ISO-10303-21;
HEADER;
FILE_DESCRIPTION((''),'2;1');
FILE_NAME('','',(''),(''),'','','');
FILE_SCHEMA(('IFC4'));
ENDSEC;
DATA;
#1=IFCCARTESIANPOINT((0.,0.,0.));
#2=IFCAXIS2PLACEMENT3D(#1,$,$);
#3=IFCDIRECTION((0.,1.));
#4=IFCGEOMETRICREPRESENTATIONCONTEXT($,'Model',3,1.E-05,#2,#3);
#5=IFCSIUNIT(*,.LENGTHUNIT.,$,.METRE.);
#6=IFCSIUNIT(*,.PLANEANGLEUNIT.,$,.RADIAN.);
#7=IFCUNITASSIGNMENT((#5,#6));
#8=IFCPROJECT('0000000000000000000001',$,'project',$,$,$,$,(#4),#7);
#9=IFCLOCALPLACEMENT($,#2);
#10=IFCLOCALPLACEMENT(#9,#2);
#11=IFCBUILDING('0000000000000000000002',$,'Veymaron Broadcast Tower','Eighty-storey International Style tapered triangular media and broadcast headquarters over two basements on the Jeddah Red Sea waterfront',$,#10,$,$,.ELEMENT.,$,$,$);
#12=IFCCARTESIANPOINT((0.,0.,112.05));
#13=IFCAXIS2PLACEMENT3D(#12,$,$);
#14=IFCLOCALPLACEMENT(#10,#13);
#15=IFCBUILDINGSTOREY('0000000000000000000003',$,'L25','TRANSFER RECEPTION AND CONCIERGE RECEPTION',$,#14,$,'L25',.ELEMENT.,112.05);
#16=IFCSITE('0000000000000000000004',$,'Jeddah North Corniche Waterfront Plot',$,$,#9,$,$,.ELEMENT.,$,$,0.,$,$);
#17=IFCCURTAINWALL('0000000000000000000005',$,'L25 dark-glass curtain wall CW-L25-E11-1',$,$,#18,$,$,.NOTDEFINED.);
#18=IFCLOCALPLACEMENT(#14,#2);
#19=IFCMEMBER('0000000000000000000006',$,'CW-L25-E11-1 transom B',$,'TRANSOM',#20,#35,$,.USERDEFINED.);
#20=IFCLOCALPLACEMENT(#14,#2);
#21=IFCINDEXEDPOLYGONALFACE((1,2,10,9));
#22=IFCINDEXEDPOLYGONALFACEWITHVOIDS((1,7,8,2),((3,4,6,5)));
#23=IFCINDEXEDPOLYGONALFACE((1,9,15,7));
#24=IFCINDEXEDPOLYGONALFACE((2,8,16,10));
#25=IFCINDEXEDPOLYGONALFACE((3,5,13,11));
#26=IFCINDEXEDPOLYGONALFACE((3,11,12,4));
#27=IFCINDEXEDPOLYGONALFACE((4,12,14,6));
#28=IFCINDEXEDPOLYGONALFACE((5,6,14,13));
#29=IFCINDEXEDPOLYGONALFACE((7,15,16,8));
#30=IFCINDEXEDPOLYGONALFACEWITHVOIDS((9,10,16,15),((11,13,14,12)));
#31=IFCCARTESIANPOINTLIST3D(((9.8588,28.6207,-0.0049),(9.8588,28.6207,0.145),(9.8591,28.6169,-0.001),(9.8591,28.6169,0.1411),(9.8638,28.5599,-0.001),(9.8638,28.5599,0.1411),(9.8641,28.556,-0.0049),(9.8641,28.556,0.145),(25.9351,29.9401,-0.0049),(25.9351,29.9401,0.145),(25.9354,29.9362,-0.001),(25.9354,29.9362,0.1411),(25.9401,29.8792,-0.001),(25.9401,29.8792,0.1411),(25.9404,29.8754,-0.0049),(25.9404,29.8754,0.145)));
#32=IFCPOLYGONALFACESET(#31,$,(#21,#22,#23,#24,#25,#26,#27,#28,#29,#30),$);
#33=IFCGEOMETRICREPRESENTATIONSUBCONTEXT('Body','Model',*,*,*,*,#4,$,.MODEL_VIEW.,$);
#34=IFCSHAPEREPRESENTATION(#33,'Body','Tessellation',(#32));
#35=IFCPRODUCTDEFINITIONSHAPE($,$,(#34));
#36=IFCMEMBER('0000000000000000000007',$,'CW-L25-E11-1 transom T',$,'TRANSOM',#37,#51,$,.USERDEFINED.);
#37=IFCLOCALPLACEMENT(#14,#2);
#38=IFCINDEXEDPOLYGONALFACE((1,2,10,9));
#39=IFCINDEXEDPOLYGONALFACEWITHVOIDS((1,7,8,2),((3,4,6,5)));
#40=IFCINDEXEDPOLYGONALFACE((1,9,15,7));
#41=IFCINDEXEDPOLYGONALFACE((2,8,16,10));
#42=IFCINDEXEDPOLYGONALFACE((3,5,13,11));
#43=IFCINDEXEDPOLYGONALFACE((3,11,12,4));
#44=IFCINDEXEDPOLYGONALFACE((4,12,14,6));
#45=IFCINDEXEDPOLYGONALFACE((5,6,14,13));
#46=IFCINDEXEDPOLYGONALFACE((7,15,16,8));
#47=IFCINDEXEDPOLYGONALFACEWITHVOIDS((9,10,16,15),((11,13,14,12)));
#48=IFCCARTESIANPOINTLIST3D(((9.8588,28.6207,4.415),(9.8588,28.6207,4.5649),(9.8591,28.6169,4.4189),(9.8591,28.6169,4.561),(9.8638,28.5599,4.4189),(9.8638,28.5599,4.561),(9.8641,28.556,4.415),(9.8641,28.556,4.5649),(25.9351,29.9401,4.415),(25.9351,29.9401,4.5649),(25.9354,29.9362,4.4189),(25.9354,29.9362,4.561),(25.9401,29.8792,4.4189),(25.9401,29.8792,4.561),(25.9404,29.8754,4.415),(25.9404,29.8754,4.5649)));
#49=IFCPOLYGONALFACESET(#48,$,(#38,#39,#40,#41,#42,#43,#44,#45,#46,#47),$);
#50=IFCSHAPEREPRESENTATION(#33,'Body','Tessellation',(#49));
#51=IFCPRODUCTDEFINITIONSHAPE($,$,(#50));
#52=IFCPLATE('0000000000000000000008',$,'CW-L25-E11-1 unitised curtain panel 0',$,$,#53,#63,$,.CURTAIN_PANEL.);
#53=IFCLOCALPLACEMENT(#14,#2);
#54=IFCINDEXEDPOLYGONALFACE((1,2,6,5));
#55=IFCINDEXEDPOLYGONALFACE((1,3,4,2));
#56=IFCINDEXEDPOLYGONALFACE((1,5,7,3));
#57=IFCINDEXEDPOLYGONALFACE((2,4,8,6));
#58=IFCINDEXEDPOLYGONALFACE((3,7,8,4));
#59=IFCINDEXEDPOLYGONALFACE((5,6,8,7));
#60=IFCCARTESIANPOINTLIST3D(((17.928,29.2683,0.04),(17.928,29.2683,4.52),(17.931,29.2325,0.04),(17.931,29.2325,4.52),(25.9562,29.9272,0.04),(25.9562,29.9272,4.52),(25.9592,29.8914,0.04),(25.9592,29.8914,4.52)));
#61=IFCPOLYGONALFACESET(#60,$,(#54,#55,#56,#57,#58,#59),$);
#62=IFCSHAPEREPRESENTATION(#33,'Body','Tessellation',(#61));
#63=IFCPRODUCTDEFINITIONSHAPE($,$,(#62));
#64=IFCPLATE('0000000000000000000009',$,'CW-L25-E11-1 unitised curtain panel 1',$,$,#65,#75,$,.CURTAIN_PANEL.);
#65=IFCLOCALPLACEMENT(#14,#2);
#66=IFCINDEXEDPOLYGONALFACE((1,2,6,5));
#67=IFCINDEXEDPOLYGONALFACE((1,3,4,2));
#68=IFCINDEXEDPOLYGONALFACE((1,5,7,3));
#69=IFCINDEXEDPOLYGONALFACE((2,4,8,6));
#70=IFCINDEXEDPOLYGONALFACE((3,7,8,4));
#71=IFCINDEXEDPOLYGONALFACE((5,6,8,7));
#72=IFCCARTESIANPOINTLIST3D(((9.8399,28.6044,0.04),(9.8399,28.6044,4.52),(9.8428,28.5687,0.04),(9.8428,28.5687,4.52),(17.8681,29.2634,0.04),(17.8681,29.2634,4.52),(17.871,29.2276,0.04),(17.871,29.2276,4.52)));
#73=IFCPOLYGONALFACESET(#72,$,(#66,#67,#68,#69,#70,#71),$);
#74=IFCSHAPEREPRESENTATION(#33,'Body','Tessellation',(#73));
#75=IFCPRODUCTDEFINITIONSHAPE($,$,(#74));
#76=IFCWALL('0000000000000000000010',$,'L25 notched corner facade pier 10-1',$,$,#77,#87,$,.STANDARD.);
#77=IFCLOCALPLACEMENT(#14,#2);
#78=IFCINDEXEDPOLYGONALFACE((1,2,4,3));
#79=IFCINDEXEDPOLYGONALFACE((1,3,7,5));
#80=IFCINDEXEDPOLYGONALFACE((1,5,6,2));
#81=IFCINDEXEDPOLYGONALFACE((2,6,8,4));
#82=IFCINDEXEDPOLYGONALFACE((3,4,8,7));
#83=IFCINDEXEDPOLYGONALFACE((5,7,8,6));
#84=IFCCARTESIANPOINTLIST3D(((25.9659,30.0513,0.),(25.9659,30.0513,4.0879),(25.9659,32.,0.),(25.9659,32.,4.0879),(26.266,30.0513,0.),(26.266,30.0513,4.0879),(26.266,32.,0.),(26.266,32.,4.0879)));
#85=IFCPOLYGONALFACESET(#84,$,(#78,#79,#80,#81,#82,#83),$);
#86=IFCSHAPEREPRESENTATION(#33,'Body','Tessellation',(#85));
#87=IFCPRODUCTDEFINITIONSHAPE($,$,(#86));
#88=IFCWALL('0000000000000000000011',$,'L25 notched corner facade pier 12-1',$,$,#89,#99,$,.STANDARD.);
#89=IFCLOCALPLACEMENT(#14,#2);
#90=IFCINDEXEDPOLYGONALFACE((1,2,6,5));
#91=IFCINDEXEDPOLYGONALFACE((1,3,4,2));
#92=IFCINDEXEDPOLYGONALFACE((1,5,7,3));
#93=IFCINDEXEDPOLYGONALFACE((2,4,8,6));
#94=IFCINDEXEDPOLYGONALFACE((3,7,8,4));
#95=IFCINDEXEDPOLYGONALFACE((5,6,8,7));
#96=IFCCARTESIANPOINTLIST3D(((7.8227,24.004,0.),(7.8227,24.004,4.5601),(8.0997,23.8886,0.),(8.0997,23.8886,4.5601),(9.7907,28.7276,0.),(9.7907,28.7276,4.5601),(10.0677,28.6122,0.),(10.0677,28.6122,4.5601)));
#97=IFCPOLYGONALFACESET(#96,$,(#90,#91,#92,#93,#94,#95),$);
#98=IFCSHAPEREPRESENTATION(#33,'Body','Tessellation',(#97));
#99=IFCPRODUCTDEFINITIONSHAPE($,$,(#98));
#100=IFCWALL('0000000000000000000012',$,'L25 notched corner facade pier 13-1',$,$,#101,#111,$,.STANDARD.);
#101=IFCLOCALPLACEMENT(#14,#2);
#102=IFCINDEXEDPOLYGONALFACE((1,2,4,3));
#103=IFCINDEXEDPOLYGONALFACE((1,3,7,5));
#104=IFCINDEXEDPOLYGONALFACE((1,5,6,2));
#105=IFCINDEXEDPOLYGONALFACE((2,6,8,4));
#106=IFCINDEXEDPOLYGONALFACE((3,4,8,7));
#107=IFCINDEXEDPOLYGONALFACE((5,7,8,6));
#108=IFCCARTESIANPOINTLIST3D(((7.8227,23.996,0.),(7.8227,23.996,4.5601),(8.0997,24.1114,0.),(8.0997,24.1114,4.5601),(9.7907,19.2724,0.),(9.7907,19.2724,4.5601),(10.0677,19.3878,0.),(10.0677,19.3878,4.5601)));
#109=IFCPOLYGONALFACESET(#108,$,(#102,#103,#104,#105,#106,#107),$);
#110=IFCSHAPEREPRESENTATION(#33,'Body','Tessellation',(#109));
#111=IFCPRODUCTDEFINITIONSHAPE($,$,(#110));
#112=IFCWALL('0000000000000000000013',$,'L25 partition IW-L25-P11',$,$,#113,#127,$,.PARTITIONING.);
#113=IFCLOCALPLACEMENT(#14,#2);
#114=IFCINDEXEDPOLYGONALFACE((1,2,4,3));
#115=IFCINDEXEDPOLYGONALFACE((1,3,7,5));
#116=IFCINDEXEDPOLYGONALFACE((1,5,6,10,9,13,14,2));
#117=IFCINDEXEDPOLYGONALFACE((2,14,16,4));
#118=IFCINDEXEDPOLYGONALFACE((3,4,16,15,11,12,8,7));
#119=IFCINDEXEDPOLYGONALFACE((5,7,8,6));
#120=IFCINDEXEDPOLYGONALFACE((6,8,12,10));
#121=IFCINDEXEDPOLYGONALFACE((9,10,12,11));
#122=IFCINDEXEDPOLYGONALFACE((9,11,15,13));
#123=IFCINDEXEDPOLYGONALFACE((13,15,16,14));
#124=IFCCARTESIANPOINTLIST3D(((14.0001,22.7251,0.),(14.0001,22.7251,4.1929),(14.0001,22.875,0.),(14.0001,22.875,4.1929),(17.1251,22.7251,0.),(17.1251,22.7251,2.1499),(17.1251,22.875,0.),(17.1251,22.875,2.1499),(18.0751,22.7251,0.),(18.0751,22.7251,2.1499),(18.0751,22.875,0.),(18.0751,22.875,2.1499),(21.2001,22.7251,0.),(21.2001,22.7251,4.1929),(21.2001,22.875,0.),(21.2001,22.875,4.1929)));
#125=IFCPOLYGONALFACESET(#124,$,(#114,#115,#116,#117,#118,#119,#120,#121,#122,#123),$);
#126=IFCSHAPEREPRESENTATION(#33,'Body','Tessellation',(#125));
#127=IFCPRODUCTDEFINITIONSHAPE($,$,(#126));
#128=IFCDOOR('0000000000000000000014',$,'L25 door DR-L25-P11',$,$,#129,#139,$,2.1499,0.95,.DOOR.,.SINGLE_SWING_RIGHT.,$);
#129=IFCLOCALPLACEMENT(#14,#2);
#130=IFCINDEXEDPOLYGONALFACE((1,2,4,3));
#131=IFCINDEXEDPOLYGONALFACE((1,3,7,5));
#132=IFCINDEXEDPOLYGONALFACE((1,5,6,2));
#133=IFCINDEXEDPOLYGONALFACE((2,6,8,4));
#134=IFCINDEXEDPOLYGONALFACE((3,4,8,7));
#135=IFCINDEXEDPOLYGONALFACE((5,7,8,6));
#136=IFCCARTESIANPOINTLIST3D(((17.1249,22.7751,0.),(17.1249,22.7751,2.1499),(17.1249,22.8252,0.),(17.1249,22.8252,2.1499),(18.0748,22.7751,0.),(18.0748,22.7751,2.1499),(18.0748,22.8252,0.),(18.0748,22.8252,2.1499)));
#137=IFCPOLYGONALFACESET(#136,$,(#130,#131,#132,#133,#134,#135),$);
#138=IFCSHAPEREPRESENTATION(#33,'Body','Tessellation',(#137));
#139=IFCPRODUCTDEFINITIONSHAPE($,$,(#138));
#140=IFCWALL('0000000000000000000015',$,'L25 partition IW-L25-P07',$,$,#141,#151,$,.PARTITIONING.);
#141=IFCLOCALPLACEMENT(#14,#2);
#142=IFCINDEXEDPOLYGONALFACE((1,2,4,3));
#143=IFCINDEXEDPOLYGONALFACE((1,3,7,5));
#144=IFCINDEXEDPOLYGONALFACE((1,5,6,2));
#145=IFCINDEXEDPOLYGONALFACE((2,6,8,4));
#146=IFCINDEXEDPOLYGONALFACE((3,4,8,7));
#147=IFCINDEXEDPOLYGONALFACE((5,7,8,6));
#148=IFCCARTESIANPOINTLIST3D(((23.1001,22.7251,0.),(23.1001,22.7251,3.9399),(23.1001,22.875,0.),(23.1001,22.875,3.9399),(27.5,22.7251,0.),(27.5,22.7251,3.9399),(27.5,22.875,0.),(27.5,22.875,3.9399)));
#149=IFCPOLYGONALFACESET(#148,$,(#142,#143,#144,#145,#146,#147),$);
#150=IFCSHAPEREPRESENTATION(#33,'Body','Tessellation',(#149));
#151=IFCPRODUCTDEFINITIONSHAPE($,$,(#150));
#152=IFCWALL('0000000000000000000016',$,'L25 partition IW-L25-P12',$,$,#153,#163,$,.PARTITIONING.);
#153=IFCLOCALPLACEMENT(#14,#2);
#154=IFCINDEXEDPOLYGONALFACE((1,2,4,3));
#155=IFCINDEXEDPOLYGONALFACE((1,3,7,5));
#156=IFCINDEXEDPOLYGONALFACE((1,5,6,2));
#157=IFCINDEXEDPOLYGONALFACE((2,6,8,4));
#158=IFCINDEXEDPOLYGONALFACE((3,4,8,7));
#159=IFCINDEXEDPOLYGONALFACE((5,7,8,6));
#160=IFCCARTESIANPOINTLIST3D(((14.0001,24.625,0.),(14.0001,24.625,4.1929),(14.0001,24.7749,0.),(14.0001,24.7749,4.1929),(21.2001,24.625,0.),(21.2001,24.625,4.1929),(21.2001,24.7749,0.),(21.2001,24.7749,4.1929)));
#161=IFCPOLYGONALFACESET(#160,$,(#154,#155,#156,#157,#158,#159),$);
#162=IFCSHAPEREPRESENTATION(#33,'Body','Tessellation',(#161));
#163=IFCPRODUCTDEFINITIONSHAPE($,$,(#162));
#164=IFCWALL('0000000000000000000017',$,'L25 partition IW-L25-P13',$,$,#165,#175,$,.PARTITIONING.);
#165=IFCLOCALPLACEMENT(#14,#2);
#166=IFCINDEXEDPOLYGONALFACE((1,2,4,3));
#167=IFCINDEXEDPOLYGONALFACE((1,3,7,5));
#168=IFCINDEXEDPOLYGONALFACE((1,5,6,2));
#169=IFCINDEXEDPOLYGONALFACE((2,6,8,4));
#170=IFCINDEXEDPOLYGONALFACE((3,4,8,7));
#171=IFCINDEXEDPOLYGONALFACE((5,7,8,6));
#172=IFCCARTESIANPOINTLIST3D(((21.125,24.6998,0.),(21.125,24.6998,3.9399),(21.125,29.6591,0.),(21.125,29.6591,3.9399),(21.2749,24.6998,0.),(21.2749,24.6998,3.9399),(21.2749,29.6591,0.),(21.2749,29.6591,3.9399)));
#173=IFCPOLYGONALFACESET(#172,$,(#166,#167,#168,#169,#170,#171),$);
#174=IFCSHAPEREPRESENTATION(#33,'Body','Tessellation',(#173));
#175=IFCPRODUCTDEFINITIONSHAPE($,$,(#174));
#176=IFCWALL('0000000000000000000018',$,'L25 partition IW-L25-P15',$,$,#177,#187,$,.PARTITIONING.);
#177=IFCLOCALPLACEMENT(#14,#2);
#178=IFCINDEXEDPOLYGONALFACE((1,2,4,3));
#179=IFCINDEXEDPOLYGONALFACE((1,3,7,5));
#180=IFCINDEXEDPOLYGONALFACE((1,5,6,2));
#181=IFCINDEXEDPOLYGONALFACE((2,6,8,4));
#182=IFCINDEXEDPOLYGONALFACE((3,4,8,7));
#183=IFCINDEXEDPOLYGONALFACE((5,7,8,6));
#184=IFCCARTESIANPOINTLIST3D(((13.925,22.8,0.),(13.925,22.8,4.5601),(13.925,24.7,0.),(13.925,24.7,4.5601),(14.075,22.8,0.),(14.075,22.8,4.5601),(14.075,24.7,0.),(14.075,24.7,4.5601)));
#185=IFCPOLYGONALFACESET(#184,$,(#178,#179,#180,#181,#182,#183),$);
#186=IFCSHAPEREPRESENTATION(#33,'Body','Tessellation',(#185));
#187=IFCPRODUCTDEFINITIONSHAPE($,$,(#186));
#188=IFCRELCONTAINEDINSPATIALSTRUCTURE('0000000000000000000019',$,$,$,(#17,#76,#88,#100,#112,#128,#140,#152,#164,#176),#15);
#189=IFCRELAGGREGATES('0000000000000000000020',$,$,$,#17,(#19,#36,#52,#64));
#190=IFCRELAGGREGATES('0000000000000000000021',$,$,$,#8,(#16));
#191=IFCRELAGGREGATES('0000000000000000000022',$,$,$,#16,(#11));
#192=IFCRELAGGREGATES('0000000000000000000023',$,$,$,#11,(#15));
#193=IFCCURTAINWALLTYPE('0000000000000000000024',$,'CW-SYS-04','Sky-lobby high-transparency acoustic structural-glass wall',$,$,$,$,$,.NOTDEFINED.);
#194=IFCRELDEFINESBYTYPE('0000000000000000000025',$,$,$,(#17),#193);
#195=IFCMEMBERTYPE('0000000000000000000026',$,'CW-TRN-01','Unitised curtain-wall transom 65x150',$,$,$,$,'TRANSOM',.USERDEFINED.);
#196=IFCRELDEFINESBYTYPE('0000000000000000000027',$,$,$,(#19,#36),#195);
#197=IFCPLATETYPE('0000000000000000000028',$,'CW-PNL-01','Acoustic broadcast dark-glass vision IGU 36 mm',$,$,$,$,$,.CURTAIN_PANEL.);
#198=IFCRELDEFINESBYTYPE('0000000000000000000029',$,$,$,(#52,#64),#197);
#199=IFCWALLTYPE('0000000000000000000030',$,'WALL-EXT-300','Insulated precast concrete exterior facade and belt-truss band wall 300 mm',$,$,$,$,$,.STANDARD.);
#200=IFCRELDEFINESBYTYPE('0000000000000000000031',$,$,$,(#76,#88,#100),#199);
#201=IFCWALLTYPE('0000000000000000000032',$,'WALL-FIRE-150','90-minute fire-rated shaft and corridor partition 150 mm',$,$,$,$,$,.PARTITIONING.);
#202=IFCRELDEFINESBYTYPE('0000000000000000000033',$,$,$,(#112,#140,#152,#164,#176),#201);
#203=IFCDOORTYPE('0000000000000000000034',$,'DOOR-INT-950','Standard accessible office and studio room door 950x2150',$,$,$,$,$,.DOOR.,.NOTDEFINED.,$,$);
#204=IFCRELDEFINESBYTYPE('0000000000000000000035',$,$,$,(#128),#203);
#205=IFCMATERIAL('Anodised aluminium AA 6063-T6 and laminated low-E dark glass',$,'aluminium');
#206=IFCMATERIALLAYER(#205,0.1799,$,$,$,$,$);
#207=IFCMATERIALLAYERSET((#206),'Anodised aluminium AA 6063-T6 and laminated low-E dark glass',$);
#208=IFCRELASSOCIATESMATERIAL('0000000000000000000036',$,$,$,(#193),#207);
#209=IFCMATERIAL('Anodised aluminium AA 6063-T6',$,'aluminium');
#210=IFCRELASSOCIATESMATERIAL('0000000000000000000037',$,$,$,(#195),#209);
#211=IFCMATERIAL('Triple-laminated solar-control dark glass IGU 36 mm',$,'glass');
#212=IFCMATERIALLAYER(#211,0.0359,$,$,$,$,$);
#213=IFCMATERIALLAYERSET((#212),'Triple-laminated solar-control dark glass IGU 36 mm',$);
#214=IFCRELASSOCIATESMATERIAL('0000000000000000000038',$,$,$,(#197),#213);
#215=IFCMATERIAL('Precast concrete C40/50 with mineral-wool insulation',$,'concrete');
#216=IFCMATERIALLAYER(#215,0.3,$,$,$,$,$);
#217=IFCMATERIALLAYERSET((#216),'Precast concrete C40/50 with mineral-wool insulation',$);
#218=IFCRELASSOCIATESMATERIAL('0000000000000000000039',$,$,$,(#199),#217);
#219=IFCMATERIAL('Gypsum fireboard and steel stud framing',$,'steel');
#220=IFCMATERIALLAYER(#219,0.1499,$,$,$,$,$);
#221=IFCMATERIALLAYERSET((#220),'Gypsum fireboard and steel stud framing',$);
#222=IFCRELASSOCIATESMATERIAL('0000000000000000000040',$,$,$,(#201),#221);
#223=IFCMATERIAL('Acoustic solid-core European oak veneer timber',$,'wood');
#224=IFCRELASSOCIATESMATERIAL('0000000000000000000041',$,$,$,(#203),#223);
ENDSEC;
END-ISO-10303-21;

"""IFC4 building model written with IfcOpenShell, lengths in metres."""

from ifc_helpers import new_model, si_unit, direction, frame, frame_2d, origin, origin_2d, place, context, subcontext, project, spatial, rectangle, hollow_rectangle, extrude, material, layer, layer_set, material_profile, profile_set, type_object, element, fill, aggregate, save


model = new_model("IFC4")

# Units and contexts
model_context = context("Model", 3, precision=1e-05, world=origin(), true_north=direction((0.0, 1.0)))
body_context = subcontext(model_context, "Body", "Model", "MODEL_VIEW")
ifc_project = project(units=[si_unit("LENGTHUNIT", "METRE"), si_unit("PLANEANGLEUNIT", "RADIAN")], contexts=[model_context])

# Site, building, storey
site_placement = place(None, origin())
site = spatial("IfcSite", under=ifc_project, at=site_placement, Name="Jeddah North Corniche Waterfront Plot", CompositionType="ELEMENT", RefElevation=0.0)
building_placement = place(site_placement, origin())
building = spatial("IfcBuilding", under=site, at=building_placement, Name="Veymaron Broadcast Tower", Description="Eighty-storey International Style tapered triangular media and broadcast headquarters over two basements on the Jeddah Red Sea waterfront", CompositionType="ELEMENT")
storey_placement = place(building_placement, frame((0.0, 0.0, 112.05)))
storey = spatial("IfcBuildingStorey", under=building, at=storey_placement, Name="L25", Description="TRANSFER RECEPTION AND CONCIERGE RECEPTION", LongName="L25", CompositionType="ELEMENT", Elevation=112.05)

# Curtain wall, members, plates
ifc_material_1 = material(Name="Anodised aluminium AA 6063-T6 and laminated low-E dark glass", Category="aluminium")
ifc_layer_1 = layer(ifc_material_1, 0.1799)
ifc_layer_set_1 = layer_set([ifc_layer_1], Name="Anodised aluminium AA 6063-T6 and laminated low-E dark glass")
curtain_wall_type = type_object("IfcCurtainWallType", Name="CW-SYS-04", Description="Sky-lobby high-transparency acoustic structural-glass wall", PredefinedType="NOTDEFINED", material=ifc_layer_set_1)
curtain_wall_placement = place(storey_placement, origin())
curtain_wall = element("IfcCurtainWall", 1, at=curtain_wall_placement, inside=storey, type_object=curtain_wall_type, Name="L25 dark-glass curtain wall CW-L25-E11-1", PredefinedType="NOTDEFINED")
ifc_material_2 = material(Name="Anodised aluminium AA 6063-T6", Category="aluminium")
ifc_material_profile_1 = material_profile(ifc_material_2, hollow_rectangle(XDim=0.0649, YDim=0.1499, WallThickness=0.0039, at=origin_2d()), Name="AL150X65X4")
ifc_profile_set_1 = profile_set([ifc_material_profile_1], Name="Anodised aluminium AA 6063-T6")
member_type_1 = type_object("IfcMemberType", Name="CW-TRN-01", Description="Unitised curtain-wall transom 65x150", ElementType="TRANSOM", PredefinedType="USERDEFINED", material=ifc_profile_set_1)
member_1_placement = place(storey_placement, frame((25.9377, 29.9077, 0.0701), z_axis=(-0.996649, -0.081792, 0.0), x_axis=(0.081792, -0.996649, 0.0)))
member_1 = element("IfcMember", 2, at=member_1_placement, type_object=member_type_1, Name="CW-L25-E11-1 transom B", ObjectType="TRANSOM", PredefinedType="USERDEFINED", context=body_context, shape_type="SweptSolid", body=[
    extrude(hollow_rectangle(XDim=0.0649, YDim=0.1499, WallThickness=0.0039, at=origin_2d()), origin(), (0.0, 0.0, 1.0), 16.1304),
])
member_2_placement = place(storey_placement, frame((25.9377, 29.9077, 4.49), z_axis=(-0.996649, -0.081792, 0.0), x_axis=(0.081792, -0.996649, 0.0)))
member_2 = element("IfcMember", 3, at=member_2_placement, type_object=member_type_1, Name="CW-L25-E11-1 transom T", ObjectType="TRANSOM", PredefinedType="USERDEFINED", context=body_context, shape_type="SweptSolid", body=[
    extrude(hollow_rectangle(XDim=0.0649, YDim=0.1499, WallThickness=0.0039, at=origin_2d()), origin(), (0.0, 0.0, 1.0), 16.1304),
])
ifc_material_3 = material(Name="Triple-laminated solar-control dark glass IGU 36 mm", Category="glass")
ifc_layer_2 = layer(ifc_material_3, 0.0359)
ifc_layer_set_2 = layer_set([ifc_layer_2], Name="Triple-laminated solar-control dark glass IGU 36 mm")
plate_type = type_object("IfcPlateType", Name="CW-PNL-01", Description="Acoustic broadcast dark-glass vision IGU 36 mm", PredefinedType="CURTAIN_PANEL", material=ifc_layer_set_2)
plate_1_placement = place(storey_placement, frame((21.9436, 29.5798, 0.04), z_axis=(0.0, 0.0, 1.0), x_axis=(-0.996649, -0.081799, 0.0)))
plate_1 = element("IfcPlate", 4, at=plate_1_placement, type_object=plate_type, Name="CW-L25-E11-1 unitised curtain panel 0", PredefinedType="CURTAIN_PANEL", context=body_context, shape_type="SweptSolid", body=[
    extrude(rectangle(XDim=8.0552, YDim=0.0359, at=origin_2d()), origin(), (0.0, 0.0, 1.0), 4.48),
])
plate_2_placement = place(storey_placement, frame((13.8555, 28.916, 0.04), z_axis=(0.0, 0.0, 1.0), x_axis=(-0.996649, -0.081799, 0.0)))
plate_2 = element("IfcPlate", 5, at=plate_2_placement, type_object=plate_type, Name="CW-L25-E11-1 unitised curtain panel 1", PredefinedType="CURTAIN_PANEL", context=body_context, shape_type="SweptSolid", body=[
    extrude(rectangle(XDim=8.0552, YDim=0.0359, at=origin_2d()), origin(), (0.0, 0.0, 1.0), 4.48),
])
aggregate(curtain_wall, [member_1, member_2, plate_1, plate_2])

# Walls
ifc_material_4 = material(Name="Precast concrete C40/50 with mineral-wool insulation", Category="concrete")
ifc_layer_3 = layer(ifc_material_4, 0.3)
ifc_layer_set_3 = layer_set([ifc_layer_3], Name="Precast concrete C40/50 with mineral-wool insulation")
wall_type_1 = type_object("IfcWallType", Name="WALL-EXT-300", Description="Insulated precast concrete exterior facade and belt-truss band wall 300 mm", PredefinedType="STANDARD", material=ifc_layer_set_3)
wall_1_placement = place(storey_placement, frame((26.116, 32.0, 0.0), z_axis=(0.0, 0.0, 1.0), x_axis=(0.0, -1.0, 0.0)))
element("IfcWall", 6, at=wall_1_placement, inside=storey, type_object=wall_type_1, Name="L25 notched corner facade pier 10-1", PredefinedType="STANDARD", context=body_context, shape_type="SweptSolid", body=[
    extrude(rectangle(XDim=1.9487, YDim=0.3, at=frame_2d((0.9744, 0.0))), origin(), (0.0, 0.0, 1.0), 4.0879),
])
for number, where, z_axis, x_axis, name in (
    (7, (9.9292, 28.6699, 0.0), (0.0, 0.0, 1.0), (-0.384588, -0.923088, 0.0), "L25 notched corner facade pier 12-1"),
    (8, (7.9612, 24.0537, 0.0), (0.0, 0.0, 1.0), (0.384588, -0.923088, 0.0), "L25 notched corner facade pier 13-1"),
):
    element("IfcWall", number, at=place(storey_placement, frame(where, z_axis=z_axis, x_axis=x_axis)), inside=storey, type_object=wall_type_1, Name=name, PredefinedType="STANDARD", context=body_context, shape_type="SweptSolid", body=[
        extrude(rectangle(XDim=5.1172, YDim=0.3, at=frame_2d((2.5586, 0.0))), origin(), (0.0, 0.0, 1.0), 4.5601),
    ])

# Wall, opening, door
ifc_material_5 = material(Name="Gypsum fireboard and steel stud framing", Category="steel")
ifc_layer_4 = layer(ifc_material_5, 0.1499)
ifc_layer_set_4 = layer_set([ifc_layer_4], Name="Gypsum fireboard and steel stud framing")
wall_type_2 = type_object("IfcWallType", Name="WALL-FIRE-150", Description="90-minute fire-rated shaft and corridor partition 150 mm", PredefinedType="PARTITIONING", material=ifc_layer_set_4)
wall_2_placement = place(storey_placement, frame((14.0, 22.8, 0.0), z_axis=(0.0, 0.0, 1.0), x_axis=(1.0, 0.0, 0.0)))
wall_2 = element("IfcWall", 9, at=wall_2_placement, inside=storey, type_object=wall_type_2, Name="L25 partition IW-L25-P11", PredefinedType="PARTITIONING", context=body_context, shape_type="SweptSolid", body=[
    extrude(rectangle(XDim=7.2, YDim=0.1499, at=frame_2d((3.6001, 0.0))), origin(), (0.0, 0.0, 1.0), 4.1929),
])
opening_placement = place(wall_2_placement, frame((3.125, 0.0, 0.0)))
opening = element("IfcOpeningElement", 10, at=opening_placement, cuts=wall_2, PredefinedType="OPENING", context=body_context, shape_type="SweptSolid", body=[
    extrude(rectangle(XDim=0.95, YDim=2.1499, at=frame_2d((0.4751, 1.075))), frame((0.0, 0.085, 0.0), z_axis=(0.0, -1.0, 0.0), x_axis=(1.0, 0.0, 0.0)), (0.0, 0.0, 1.0), 0.1699),
])
ifc_material_6 = material(Name="Acoustic solid-core European oak veneer timber", Category="wood")
door_type = type_object("IfcDoorType", Name="DOOR-INT-950", Description="Standard accessible office and studio room door 950x2150", OperationType="NOTDEFINED", PredefinedType="DOOR", material=ifc_material_6)
door_placement = place(opening_placement, frame((0.95, 0.0, 0.0), z_axis=(0.0, 0.0, 1.0), x_axis=(-1.0, 0.0, 0.0)))
door = element("IfcDoor", 11, at=door_placement, inside=storey, type_object=door_type, Name="L25 door DR-L25-P11", OperationType="SINGLE_SWING_RIGHT", OverallHeight=2.1499, OverallWidth=0.95, PredefinedType="DOOR", context=body_context, shape_type="SweptSolid", body=[
    extrude(rectangle(XDim=0.95, YDim=2.1499, at=frame_2d((0.4751, 1.075))), frame((0.0, 0.0249, 0.0), z_axis=(0.0, -1.0, 0.0), x_axis=(1.0, 0.0, 0.0)), (0.0, 0.0, 1.0), 0.05),
])
fill(opening, door)

# Walls
wall_3_placement = place(storey_placement, frame((23.1001, 22.8, 0.0), z_axis=(0.0, 0.0, 1.0), x_axis=(1.0, 0.0, 0.0)))
element("IfcWall", 12, at=wall_3_placement, inside=storey, type_object=wall_type_2, Name="L25 partition IW-L25-P07", PredefinedType="PARTITIONING", context=body_context, shape_type="SweptSolid", body=[
    extrude(rectangle(XDim=4.3999, YDim=0.1499, at=frame_2d((2.2, 0.0))), origin(), (0.0, 0.0, 1.0), 3.9399),
])
wall_4_placement = place(storey_placement, frame((14.0, 24.7, 0.0), z_axis=(0.0, 0.0, 1.0), x_axis=(1.0, 0.0, 0.0)))
element("IfcWall", 13, at=wall_4_placement, inside=storey, type_object=wall_type_2, Name="L25 partition IW-L25-P12", PredefinedType="PARTITIONING", context=body_context, shape_type="SweptSolid", body=[
    extrude(rectangle(XDim=7.2, YDim=0.1499, at=frame_2d((3.6001, 0.0))), origin(), (0.0, 0.0, 1.0), 4.1929),
])
wall_5_placement = place(storey_placement, frame((21.2, 24.7, 0.0), z_axis=(0.0, 0.0, 1.0), x_axis=(0.0, 1.0, 0.0)))
element("IfcWall", 14, at=wall_5_placement, inside=storey, type_object=wall_type_2, Name="L25 partition IW-L25-P13", PredefinedType="PARTITIONING", context=body_context, shape_type="SweptSolid", body=[
    extrude(rectangle(XDim=4.9592, YDim=0.1499, at=frame_2d((2.4795, 0.0))), origin(), (0.0, 0.0, 1.0), 3.9399),
])
wall_6_placement = place(storey_placement, frame((14.0, 22.8, 0.0), z_axis=(0.0, 0.0, 1.0), x_axis=(0.0, 1.0, 0.0)))
element("IfcWall", 15, at=wall_6_placement, inside=storey, type_object=wall_type_2, Name="L25 partition IW-L25-P15", PredefinedType="PARTITIONING", context=body_context, shape_type="SweptSolid", body=[
    extrude(rectangle(XDim=1.8999, YDim=0.1499, at=frame_2d((0.95, 0.0))), origin(), (0.0, 0.0, 1.0), 4.5601),
])

save(model, "model.ifc")
